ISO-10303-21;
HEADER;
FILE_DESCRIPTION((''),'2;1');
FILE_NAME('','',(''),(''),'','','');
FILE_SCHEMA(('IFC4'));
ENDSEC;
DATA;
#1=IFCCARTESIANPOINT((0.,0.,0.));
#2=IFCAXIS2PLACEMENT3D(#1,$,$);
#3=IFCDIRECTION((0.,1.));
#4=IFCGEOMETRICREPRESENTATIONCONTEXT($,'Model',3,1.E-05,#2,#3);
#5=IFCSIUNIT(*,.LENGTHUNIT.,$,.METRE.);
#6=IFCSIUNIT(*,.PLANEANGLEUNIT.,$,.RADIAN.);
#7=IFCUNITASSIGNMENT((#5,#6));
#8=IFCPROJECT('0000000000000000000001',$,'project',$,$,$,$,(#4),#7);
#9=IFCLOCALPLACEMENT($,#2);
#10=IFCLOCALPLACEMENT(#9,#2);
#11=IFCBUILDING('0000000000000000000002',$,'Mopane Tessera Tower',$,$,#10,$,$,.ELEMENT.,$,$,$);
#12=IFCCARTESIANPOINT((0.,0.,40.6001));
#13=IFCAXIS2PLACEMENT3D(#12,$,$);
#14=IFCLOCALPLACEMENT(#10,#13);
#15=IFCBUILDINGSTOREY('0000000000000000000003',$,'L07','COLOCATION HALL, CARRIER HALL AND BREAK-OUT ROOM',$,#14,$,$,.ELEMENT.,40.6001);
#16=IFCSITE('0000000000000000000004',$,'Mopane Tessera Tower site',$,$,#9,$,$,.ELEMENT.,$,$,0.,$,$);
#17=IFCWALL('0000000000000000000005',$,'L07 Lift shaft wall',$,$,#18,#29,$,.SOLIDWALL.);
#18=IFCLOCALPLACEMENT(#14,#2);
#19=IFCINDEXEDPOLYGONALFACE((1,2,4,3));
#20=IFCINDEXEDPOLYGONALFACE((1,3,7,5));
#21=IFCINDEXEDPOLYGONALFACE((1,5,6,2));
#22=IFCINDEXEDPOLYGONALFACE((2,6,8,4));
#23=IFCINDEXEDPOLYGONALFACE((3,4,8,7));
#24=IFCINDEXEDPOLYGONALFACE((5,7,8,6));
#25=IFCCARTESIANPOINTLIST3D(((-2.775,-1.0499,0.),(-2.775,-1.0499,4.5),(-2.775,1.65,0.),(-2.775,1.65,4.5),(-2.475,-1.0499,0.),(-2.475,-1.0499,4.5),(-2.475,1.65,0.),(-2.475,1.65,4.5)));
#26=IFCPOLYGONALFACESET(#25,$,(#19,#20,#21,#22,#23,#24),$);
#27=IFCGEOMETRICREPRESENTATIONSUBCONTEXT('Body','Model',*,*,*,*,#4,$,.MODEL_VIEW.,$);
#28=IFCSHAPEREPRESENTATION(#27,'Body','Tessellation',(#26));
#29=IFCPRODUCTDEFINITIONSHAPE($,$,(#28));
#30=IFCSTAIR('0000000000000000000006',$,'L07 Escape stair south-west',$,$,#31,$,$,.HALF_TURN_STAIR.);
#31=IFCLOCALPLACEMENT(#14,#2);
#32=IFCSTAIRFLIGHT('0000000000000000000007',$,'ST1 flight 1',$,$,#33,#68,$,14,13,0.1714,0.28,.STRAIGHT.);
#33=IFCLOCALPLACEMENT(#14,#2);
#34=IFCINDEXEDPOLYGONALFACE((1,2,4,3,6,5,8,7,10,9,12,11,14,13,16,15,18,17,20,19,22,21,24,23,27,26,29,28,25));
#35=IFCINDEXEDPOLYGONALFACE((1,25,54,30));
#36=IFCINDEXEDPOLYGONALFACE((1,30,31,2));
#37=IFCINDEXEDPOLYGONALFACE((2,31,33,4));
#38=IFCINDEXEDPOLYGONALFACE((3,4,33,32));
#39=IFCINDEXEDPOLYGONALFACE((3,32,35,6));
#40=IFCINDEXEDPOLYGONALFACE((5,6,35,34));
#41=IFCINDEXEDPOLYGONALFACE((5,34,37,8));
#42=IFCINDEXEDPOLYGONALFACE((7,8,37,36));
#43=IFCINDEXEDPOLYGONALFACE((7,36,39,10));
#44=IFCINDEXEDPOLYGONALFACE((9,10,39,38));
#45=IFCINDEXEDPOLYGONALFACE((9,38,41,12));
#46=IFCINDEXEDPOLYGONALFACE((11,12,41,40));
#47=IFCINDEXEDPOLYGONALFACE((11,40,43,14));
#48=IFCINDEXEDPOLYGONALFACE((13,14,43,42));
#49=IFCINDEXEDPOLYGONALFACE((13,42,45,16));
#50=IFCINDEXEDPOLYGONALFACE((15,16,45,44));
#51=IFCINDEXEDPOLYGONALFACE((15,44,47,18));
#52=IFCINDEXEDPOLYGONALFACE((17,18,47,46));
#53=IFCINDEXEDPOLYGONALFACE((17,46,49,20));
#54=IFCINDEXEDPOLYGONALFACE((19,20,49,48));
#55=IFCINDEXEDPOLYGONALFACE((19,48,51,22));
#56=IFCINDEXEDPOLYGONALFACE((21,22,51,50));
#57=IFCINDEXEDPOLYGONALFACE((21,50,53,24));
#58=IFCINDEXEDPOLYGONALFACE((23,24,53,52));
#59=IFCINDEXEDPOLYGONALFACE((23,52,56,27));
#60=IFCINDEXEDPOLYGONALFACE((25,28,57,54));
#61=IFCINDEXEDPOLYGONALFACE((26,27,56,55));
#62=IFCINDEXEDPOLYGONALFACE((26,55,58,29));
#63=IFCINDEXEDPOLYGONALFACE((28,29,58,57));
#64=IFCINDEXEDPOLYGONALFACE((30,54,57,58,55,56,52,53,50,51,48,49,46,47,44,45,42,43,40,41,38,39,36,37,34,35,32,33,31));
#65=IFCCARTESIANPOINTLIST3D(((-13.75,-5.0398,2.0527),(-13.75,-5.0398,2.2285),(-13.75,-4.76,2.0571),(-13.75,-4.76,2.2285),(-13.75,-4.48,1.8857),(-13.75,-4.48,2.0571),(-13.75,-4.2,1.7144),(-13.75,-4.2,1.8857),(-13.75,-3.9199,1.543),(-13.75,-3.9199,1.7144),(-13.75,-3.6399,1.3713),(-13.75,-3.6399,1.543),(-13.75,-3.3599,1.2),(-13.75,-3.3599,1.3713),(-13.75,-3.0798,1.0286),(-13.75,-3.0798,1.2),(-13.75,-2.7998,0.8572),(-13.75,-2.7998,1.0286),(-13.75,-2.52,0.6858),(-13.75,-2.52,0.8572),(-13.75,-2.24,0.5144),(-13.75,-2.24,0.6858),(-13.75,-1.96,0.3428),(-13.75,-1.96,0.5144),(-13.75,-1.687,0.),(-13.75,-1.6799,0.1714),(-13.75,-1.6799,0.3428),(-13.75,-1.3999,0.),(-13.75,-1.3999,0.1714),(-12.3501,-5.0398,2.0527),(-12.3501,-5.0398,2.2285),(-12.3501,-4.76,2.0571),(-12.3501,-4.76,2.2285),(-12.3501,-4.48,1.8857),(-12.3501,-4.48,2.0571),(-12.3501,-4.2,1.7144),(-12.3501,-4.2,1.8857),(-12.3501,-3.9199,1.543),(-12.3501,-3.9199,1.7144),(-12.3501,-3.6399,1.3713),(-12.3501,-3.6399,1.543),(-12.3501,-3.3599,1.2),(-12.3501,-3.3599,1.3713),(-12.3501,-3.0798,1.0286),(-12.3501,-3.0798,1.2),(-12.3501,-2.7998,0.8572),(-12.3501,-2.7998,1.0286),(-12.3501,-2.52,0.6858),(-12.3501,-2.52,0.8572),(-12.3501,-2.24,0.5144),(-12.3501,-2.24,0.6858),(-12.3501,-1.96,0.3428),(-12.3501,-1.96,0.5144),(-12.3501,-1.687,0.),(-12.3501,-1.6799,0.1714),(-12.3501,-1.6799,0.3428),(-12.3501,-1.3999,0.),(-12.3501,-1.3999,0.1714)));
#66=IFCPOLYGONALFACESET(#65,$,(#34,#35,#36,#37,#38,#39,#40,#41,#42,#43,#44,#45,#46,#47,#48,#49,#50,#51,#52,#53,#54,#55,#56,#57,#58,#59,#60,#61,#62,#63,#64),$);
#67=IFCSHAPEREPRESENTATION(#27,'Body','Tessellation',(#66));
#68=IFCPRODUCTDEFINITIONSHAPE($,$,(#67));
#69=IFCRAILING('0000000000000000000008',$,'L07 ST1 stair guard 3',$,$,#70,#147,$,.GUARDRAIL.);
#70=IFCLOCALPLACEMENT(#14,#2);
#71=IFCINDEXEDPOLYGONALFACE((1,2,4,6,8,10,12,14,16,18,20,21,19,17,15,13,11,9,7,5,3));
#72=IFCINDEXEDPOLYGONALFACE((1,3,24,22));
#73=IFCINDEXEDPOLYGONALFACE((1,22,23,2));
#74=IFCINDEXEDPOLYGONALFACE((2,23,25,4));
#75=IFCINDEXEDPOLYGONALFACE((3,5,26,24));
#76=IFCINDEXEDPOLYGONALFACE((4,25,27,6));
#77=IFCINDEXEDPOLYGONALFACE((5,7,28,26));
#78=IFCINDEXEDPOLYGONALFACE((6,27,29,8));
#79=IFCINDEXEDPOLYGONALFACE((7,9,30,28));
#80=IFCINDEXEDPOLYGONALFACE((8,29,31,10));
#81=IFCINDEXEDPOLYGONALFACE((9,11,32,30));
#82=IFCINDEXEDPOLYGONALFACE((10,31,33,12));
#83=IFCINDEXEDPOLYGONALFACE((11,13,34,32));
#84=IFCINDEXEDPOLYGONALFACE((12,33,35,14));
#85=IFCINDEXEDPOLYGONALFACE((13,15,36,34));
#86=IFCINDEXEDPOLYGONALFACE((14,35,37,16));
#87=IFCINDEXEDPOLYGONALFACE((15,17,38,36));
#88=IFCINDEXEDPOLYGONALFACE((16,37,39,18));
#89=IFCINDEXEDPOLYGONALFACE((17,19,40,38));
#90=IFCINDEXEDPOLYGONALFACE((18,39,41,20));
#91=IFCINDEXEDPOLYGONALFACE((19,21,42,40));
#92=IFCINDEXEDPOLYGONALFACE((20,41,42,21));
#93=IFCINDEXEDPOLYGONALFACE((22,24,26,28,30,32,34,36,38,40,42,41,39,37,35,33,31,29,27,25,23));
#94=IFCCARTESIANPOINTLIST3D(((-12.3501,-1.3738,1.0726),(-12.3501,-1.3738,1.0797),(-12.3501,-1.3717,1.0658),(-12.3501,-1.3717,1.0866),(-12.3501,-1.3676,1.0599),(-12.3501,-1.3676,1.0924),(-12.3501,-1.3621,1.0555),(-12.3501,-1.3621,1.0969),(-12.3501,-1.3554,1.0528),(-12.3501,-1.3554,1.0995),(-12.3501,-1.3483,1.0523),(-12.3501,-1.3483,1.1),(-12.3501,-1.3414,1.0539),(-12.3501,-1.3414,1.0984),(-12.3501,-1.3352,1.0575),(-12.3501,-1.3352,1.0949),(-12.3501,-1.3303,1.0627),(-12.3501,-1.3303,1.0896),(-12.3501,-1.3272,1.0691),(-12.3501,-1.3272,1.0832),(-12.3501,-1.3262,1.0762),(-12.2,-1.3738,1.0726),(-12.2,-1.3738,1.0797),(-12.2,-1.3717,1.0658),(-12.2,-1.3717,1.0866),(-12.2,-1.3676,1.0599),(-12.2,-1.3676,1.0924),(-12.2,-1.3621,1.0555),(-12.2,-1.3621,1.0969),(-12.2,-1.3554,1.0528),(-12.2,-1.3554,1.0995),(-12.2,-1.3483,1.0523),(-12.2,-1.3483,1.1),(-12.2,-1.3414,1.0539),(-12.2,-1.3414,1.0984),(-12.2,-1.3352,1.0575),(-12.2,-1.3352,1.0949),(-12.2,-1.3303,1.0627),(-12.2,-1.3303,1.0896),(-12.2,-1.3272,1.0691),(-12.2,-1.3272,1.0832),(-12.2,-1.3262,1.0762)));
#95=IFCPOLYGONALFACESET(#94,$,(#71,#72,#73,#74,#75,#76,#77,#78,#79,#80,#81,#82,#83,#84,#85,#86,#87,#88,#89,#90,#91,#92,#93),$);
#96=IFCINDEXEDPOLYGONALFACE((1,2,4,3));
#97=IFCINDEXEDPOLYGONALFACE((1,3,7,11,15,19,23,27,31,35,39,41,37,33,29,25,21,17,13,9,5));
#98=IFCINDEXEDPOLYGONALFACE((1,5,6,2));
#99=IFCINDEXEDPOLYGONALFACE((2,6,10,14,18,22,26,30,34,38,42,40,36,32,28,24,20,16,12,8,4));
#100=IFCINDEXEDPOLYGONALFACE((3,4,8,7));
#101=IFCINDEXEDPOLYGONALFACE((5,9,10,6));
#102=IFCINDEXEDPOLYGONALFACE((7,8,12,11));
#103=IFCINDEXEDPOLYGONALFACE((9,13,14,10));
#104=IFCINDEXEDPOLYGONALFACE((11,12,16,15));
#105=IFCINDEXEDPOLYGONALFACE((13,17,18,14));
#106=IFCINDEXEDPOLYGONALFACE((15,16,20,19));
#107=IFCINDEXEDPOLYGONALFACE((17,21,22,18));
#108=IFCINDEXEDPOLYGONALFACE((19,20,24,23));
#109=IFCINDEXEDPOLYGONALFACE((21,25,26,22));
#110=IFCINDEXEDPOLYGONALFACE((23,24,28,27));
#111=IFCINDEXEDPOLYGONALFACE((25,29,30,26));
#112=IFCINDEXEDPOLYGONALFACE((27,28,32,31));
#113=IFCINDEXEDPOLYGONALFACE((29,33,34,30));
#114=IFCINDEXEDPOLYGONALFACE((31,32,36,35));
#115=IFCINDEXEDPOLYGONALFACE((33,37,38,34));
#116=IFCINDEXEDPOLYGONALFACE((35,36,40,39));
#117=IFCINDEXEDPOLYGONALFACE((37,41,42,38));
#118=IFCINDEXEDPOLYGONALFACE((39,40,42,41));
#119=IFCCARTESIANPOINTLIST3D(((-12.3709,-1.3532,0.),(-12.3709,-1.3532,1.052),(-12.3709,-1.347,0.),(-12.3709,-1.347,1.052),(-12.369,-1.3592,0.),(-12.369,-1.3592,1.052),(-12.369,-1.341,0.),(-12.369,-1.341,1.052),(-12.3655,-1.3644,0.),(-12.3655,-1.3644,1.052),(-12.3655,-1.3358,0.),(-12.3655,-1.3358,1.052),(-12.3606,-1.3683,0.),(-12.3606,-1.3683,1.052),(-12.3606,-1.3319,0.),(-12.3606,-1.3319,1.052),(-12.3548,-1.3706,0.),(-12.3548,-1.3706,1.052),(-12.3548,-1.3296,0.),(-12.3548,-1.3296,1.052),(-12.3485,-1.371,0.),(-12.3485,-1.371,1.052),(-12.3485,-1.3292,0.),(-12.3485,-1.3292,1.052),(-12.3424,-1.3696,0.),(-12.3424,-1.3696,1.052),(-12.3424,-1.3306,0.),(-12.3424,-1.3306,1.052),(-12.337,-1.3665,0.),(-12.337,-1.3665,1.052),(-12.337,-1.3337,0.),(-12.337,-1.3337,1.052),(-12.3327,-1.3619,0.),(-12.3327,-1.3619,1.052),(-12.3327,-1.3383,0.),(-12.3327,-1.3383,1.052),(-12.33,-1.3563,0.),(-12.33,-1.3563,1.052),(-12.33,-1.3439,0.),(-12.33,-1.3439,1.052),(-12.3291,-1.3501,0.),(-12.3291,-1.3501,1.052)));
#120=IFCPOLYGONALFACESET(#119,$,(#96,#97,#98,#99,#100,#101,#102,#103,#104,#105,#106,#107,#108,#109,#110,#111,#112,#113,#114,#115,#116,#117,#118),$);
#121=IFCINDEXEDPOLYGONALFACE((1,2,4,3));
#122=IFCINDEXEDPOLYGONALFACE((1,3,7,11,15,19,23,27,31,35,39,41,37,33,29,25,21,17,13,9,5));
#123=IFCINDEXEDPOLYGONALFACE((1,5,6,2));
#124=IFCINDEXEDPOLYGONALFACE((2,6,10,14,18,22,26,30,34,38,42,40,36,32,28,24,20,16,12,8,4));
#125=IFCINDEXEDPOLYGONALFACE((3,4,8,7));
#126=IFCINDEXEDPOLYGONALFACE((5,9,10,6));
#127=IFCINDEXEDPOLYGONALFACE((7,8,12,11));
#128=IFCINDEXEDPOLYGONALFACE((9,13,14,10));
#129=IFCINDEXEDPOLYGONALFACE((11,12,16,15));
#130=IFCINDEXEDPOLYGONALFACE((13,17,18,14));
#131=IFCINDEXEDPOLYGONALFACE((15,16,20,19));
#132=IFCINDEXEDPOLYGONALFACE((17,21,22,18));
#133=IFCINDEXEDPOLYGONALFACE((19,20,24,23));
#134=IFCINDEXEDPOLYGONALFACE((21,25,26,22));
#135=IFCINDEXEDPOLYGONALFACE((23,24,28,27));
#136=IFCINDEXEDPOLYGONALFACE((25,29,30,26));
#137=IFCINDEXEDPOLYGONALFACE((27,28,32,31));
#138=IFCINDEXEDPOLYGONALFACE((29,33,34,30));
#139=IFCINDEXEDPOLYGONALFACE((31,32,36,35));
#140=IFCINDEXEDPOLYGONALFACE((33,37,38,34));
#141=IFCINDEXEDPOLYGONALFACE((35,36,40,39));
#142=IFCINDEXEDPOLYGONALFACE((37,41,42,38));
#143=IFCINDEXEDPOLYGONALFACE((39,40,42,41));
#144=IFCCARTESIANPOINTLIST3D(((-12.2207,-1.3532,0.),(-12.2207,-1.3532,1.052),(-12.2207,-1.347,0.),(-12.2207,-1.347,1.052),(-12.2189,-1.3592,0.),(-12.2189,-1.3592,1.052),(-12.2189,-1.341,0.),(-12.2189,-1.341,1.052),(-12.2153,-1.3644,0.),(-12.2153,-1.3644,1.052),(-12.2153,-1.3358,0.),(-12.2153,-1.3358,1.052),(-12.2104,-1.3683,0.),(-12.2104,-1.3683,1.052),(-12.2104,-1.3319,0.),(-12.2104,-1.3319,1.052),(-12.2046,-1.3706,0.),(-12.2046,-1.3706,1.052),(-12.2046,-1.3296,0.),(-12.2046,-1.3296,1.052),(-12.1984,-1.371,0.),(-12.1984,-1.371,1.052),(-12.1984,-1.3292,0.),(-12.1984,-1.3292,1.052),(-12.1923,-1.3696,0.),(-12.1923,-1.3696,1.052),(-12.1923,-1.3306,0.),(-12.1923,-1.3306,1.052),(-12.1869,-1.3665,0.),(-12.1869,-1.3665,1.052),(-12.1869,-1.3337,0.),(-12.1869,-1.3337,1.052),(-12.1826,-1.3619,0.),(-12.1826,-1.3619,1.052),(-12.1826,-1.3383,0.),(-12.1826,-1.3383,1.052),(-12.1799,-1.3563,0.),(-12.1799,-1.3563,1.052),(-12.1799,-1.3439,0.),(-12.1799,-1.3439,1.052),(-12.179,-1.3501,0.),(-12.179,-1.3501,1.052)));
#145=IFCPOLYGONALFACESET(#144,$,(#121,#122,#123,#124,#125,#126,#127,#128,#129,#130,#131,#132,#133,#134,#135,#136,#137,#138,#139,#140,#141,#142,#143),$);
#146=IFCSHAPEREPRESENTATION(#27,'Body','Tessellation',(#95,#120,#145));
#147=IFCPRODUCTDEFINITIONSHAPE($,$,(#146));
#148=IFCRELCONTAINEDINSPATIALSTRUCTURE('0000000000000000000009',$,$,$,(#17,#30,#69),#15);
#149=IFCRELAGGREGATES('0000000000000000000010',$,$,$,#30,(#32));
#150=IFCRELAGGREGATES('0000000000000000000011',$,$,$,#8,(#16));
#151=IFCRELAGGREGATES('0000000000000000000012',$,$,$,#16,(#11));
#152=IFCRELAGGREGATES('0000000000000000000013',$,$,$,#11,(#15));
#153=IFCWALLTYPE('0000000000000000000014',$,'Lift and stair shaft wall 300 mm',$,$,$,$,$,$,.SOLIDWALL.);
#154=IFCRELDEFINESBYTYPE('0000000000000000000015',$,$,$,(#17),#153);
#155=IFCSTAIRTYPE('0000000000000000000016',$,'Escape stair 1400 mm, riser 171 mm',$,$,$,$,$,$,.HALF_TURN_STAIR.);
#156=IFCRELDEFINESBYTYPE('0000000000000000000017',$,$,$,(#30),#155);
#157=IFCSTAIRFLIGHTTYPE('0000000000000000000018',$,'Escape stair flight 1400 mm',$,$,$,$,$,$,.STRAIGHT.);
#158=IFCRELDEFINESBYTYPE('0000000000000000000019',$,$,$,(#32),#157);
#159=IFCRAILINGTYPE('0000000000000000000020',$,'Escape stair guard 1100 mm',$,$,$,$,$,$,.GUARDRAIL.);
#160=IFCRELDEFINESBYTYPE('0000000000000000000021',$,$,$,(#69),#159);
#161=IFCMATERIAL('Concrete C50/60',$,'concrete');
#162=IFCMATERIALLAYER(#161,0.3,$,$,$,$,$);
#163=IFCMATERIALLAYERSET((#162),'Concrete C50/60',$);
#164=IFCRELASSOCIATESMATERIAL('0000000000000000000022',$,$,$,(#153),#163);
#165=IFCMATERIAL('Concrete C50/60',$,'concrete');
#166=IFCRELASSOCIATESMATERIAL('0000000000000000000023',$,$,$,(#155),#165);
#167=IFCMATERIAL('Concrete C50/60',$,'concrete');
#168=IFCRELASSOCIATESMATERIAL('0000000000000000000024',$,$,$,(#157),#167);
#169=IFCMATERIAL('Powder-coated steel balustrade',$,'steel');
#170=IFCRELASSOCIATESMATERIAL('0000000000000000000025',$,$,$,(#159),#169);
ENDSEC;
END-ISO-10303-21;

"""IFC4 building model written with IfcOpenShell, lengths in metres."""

from ifc_helpers import new_model, si_unit, direction, frame, frame_2d, origin, origin_2d, place, context, subcontext, project, spatial, polyline, rectangle, circle, outline, extrude, material, layer, layer_set, type_object, element, aggregate, save


model = new_model("IFC4")

# Units and contexts
model_context = context("Model", 3, precision=1e-05, world=origin(), true_north=direction((0.0, 1.0)))
body_context = subcontext(model_context, "Body", "Model", "MODEL_VIEW")
ifc_project = project(units=[si_unit("LENGTHUNIT", "METRE"), si_unit("PLANEANGLEUNIT", "RADIAN")], contexts=[model_context])

# Site, building, storey
site_placement = place(None, origin())
site = spatial("IfcSite", under=ifc_project, at=site_placement, Name="Mopane Tessera Tower site", CompositionType="ELEMENT", RefElevation=0.0)
building_placement = place(site_placement, origin())
building = spatial("IfcBuilding", under=site, at=building_placement, Name="Mopane Tessera Tower", CompositionType="ELEMENT")
storey_placement = place(building_placement, frame((0.0, 0.0, 40.6001)))
storey = spatial("IfcBuildingStorey", under=building, at=storey_placement, Name="L07", Description="COLOCATION HALL, CARRIER HALL AND BREAK-OUT ROOM", CompositionType="ELEMENT", Elevation=40.6001)

# Shared definitions
ifc_material_1 = material(Name="Concrete C50/60", Category="concrete")
ifc_layer_1 = layer(ifc_material_1, 0.3)
ifc_layer_set_1 = layer_set([ifc_layer_1], Name="Concrete C50/60")
wall_type_1 = type_object("IfcWallType", Name="Lift and stair shaft wall 300 mm", PredefinedType="SOLIDWALL", material=ifc_layer_set_1)

# Wall
for number, where, z_axis, x_axis, name in (
    (1, (-2.625, -1.05, 0.0), (0.0, 0.0, 1.0), (0.0, 1.0, 0.0), "L07 Lift shaft wall"),
):
    element("IfcWall", number, at=place(storey_placement, frame(where, z_axis=z_axis, x_axis=x_axis)), inside=storey, type_object=wall_type_1, Name=name, PredefinedType="SOLIDWALL", context=body_context, shape_type="SweptSolid", body=[
        extrude(rectangle(XDim=2.7, YDim=0.3, at=frame_2d((1.3501, 0.0))), origin(), (0.0, 0.0, 1.0), 4.5),
    ])

# Stair, stair flight
ifc_material_2 = material(Name="Concrete C50/60", Category="concrete")
stair_type = type_object("IfcStairType", Name="Escape stair 1400 mm, riser 171 mm", PredefinedType="HALF_TURN_STAIR", material=ifc_material_2)
stair_placement = place(storey_placement, origin())
stair = element("IfcStair", 2, at=stair_placement, inside=storey, type_object=stair_type, Name="L07 Escape stair south-west", PredefinedType="HALF_TURN_STAIR")
ifc_material_3 = material(Name="Concrete C50/60", Category="concrete")
stair_flight_type = type_object("IfcStairFlightType", Name="Escape stair flight 1400 mm", PredefinedType="STRAIGHT", material=ifc_material_3)
stair_flight_placement = place(storey_placement, frame((-13.05, -1.3999, 0.0), z_axis=(0.0, 0.0, 1.0), x_axis=(0.0, -1.0, 0.0)))
stair_flight = element("IfcStairFlight", 3, at=stair_flight_placement, type_object=stair_flight_type, Name="ST1 flight 1", NumberOfRisers=14, NumberOfTreads=13, PredefinedType="STRAIGHT", RiserHeight=0.1714, TreadLength=0.28, context=body_context, shape_type="SweptSolid", body=[
    extrude(outline(polyline([(0.0, 0.0), (0.0, 0.1714), (0.28, 0.1714), (0.28, 0.3428), (0.5601, 0.3428), (0.5601, 0.5144), (0.8401, 0.5144), (0.8401, 0.6858), (1.1201, 0.6858), (1.1201, 0.8572), (1.3999, 0.8572), (1.3999, 1.0286), (1.6799, 1.0286), (1.6799, 1.2), (1.96, 1.2), (1.96, 1.3713), (2.24, 1.3713), (2.24, 1.543), (2.52, 1.543), (2.52, 1.7144), (2.8, 1.7144), (2.8, 1.8857), (3.0801, 1.8857), (3.0801, 2.0571), (3.3601, 2.0571), (3.3601, 2.2285), (3.6399, 2.2285), (3.6399, 2.3999), (3.6399, 2.0527), (0.2871, 0.0), (0.0, 0.0)])), frame((0.0, 0.7, 0.0), z_axis=(0.0, -1.0, 0.0), x_axis=(1.0, 0.0, 0.0)), (0.0, 0.0, 1.0), 1.3999),
])
aggregate(stair, [stair_flight])

# Railing
ifc_material_4 = material(Name="Powder-coated steel balustrade", Category="steel")
railing_type_1 = type_object("IfcRailingType", Name="Escape stair guard 1100 mm", PredefinedType="GUARDRAIL", material=ifc_material_4)
railing_1_placement = place(storey_placement, frame((-12.3501, -1.3501, 0.0)))
element("IfcRailing", 4, at=railing_1_placement, inside=storey, type_object=railing_type_1, Name="L07 ST1 stair guard 3", PredefinedType="GUARDRAIL", context=body_context, shape_type="SweptSolid", body=[
    extrude(circle(Radius=0.0239, at=origin_2d()), frame((0.0, 0.0, 1.0762), z_axis=(1.0, 0.0, 0.0), x_axis=(0.0, 1.0, 0.0)), (0.0, 0.0, 1.0), 0.1501),
    extrude(circle(Radius=0.021, at=origin_2d()), origin(), (0.0, 0.0, 1.0), 1.052),
    extrude(circle(Radius=0.021, at=origin_2d()), frame((0.1501, 0.0, 0.0)), (0.0, 0.0, 1.0), 1.052),
])

save(model, "model.ifc")
